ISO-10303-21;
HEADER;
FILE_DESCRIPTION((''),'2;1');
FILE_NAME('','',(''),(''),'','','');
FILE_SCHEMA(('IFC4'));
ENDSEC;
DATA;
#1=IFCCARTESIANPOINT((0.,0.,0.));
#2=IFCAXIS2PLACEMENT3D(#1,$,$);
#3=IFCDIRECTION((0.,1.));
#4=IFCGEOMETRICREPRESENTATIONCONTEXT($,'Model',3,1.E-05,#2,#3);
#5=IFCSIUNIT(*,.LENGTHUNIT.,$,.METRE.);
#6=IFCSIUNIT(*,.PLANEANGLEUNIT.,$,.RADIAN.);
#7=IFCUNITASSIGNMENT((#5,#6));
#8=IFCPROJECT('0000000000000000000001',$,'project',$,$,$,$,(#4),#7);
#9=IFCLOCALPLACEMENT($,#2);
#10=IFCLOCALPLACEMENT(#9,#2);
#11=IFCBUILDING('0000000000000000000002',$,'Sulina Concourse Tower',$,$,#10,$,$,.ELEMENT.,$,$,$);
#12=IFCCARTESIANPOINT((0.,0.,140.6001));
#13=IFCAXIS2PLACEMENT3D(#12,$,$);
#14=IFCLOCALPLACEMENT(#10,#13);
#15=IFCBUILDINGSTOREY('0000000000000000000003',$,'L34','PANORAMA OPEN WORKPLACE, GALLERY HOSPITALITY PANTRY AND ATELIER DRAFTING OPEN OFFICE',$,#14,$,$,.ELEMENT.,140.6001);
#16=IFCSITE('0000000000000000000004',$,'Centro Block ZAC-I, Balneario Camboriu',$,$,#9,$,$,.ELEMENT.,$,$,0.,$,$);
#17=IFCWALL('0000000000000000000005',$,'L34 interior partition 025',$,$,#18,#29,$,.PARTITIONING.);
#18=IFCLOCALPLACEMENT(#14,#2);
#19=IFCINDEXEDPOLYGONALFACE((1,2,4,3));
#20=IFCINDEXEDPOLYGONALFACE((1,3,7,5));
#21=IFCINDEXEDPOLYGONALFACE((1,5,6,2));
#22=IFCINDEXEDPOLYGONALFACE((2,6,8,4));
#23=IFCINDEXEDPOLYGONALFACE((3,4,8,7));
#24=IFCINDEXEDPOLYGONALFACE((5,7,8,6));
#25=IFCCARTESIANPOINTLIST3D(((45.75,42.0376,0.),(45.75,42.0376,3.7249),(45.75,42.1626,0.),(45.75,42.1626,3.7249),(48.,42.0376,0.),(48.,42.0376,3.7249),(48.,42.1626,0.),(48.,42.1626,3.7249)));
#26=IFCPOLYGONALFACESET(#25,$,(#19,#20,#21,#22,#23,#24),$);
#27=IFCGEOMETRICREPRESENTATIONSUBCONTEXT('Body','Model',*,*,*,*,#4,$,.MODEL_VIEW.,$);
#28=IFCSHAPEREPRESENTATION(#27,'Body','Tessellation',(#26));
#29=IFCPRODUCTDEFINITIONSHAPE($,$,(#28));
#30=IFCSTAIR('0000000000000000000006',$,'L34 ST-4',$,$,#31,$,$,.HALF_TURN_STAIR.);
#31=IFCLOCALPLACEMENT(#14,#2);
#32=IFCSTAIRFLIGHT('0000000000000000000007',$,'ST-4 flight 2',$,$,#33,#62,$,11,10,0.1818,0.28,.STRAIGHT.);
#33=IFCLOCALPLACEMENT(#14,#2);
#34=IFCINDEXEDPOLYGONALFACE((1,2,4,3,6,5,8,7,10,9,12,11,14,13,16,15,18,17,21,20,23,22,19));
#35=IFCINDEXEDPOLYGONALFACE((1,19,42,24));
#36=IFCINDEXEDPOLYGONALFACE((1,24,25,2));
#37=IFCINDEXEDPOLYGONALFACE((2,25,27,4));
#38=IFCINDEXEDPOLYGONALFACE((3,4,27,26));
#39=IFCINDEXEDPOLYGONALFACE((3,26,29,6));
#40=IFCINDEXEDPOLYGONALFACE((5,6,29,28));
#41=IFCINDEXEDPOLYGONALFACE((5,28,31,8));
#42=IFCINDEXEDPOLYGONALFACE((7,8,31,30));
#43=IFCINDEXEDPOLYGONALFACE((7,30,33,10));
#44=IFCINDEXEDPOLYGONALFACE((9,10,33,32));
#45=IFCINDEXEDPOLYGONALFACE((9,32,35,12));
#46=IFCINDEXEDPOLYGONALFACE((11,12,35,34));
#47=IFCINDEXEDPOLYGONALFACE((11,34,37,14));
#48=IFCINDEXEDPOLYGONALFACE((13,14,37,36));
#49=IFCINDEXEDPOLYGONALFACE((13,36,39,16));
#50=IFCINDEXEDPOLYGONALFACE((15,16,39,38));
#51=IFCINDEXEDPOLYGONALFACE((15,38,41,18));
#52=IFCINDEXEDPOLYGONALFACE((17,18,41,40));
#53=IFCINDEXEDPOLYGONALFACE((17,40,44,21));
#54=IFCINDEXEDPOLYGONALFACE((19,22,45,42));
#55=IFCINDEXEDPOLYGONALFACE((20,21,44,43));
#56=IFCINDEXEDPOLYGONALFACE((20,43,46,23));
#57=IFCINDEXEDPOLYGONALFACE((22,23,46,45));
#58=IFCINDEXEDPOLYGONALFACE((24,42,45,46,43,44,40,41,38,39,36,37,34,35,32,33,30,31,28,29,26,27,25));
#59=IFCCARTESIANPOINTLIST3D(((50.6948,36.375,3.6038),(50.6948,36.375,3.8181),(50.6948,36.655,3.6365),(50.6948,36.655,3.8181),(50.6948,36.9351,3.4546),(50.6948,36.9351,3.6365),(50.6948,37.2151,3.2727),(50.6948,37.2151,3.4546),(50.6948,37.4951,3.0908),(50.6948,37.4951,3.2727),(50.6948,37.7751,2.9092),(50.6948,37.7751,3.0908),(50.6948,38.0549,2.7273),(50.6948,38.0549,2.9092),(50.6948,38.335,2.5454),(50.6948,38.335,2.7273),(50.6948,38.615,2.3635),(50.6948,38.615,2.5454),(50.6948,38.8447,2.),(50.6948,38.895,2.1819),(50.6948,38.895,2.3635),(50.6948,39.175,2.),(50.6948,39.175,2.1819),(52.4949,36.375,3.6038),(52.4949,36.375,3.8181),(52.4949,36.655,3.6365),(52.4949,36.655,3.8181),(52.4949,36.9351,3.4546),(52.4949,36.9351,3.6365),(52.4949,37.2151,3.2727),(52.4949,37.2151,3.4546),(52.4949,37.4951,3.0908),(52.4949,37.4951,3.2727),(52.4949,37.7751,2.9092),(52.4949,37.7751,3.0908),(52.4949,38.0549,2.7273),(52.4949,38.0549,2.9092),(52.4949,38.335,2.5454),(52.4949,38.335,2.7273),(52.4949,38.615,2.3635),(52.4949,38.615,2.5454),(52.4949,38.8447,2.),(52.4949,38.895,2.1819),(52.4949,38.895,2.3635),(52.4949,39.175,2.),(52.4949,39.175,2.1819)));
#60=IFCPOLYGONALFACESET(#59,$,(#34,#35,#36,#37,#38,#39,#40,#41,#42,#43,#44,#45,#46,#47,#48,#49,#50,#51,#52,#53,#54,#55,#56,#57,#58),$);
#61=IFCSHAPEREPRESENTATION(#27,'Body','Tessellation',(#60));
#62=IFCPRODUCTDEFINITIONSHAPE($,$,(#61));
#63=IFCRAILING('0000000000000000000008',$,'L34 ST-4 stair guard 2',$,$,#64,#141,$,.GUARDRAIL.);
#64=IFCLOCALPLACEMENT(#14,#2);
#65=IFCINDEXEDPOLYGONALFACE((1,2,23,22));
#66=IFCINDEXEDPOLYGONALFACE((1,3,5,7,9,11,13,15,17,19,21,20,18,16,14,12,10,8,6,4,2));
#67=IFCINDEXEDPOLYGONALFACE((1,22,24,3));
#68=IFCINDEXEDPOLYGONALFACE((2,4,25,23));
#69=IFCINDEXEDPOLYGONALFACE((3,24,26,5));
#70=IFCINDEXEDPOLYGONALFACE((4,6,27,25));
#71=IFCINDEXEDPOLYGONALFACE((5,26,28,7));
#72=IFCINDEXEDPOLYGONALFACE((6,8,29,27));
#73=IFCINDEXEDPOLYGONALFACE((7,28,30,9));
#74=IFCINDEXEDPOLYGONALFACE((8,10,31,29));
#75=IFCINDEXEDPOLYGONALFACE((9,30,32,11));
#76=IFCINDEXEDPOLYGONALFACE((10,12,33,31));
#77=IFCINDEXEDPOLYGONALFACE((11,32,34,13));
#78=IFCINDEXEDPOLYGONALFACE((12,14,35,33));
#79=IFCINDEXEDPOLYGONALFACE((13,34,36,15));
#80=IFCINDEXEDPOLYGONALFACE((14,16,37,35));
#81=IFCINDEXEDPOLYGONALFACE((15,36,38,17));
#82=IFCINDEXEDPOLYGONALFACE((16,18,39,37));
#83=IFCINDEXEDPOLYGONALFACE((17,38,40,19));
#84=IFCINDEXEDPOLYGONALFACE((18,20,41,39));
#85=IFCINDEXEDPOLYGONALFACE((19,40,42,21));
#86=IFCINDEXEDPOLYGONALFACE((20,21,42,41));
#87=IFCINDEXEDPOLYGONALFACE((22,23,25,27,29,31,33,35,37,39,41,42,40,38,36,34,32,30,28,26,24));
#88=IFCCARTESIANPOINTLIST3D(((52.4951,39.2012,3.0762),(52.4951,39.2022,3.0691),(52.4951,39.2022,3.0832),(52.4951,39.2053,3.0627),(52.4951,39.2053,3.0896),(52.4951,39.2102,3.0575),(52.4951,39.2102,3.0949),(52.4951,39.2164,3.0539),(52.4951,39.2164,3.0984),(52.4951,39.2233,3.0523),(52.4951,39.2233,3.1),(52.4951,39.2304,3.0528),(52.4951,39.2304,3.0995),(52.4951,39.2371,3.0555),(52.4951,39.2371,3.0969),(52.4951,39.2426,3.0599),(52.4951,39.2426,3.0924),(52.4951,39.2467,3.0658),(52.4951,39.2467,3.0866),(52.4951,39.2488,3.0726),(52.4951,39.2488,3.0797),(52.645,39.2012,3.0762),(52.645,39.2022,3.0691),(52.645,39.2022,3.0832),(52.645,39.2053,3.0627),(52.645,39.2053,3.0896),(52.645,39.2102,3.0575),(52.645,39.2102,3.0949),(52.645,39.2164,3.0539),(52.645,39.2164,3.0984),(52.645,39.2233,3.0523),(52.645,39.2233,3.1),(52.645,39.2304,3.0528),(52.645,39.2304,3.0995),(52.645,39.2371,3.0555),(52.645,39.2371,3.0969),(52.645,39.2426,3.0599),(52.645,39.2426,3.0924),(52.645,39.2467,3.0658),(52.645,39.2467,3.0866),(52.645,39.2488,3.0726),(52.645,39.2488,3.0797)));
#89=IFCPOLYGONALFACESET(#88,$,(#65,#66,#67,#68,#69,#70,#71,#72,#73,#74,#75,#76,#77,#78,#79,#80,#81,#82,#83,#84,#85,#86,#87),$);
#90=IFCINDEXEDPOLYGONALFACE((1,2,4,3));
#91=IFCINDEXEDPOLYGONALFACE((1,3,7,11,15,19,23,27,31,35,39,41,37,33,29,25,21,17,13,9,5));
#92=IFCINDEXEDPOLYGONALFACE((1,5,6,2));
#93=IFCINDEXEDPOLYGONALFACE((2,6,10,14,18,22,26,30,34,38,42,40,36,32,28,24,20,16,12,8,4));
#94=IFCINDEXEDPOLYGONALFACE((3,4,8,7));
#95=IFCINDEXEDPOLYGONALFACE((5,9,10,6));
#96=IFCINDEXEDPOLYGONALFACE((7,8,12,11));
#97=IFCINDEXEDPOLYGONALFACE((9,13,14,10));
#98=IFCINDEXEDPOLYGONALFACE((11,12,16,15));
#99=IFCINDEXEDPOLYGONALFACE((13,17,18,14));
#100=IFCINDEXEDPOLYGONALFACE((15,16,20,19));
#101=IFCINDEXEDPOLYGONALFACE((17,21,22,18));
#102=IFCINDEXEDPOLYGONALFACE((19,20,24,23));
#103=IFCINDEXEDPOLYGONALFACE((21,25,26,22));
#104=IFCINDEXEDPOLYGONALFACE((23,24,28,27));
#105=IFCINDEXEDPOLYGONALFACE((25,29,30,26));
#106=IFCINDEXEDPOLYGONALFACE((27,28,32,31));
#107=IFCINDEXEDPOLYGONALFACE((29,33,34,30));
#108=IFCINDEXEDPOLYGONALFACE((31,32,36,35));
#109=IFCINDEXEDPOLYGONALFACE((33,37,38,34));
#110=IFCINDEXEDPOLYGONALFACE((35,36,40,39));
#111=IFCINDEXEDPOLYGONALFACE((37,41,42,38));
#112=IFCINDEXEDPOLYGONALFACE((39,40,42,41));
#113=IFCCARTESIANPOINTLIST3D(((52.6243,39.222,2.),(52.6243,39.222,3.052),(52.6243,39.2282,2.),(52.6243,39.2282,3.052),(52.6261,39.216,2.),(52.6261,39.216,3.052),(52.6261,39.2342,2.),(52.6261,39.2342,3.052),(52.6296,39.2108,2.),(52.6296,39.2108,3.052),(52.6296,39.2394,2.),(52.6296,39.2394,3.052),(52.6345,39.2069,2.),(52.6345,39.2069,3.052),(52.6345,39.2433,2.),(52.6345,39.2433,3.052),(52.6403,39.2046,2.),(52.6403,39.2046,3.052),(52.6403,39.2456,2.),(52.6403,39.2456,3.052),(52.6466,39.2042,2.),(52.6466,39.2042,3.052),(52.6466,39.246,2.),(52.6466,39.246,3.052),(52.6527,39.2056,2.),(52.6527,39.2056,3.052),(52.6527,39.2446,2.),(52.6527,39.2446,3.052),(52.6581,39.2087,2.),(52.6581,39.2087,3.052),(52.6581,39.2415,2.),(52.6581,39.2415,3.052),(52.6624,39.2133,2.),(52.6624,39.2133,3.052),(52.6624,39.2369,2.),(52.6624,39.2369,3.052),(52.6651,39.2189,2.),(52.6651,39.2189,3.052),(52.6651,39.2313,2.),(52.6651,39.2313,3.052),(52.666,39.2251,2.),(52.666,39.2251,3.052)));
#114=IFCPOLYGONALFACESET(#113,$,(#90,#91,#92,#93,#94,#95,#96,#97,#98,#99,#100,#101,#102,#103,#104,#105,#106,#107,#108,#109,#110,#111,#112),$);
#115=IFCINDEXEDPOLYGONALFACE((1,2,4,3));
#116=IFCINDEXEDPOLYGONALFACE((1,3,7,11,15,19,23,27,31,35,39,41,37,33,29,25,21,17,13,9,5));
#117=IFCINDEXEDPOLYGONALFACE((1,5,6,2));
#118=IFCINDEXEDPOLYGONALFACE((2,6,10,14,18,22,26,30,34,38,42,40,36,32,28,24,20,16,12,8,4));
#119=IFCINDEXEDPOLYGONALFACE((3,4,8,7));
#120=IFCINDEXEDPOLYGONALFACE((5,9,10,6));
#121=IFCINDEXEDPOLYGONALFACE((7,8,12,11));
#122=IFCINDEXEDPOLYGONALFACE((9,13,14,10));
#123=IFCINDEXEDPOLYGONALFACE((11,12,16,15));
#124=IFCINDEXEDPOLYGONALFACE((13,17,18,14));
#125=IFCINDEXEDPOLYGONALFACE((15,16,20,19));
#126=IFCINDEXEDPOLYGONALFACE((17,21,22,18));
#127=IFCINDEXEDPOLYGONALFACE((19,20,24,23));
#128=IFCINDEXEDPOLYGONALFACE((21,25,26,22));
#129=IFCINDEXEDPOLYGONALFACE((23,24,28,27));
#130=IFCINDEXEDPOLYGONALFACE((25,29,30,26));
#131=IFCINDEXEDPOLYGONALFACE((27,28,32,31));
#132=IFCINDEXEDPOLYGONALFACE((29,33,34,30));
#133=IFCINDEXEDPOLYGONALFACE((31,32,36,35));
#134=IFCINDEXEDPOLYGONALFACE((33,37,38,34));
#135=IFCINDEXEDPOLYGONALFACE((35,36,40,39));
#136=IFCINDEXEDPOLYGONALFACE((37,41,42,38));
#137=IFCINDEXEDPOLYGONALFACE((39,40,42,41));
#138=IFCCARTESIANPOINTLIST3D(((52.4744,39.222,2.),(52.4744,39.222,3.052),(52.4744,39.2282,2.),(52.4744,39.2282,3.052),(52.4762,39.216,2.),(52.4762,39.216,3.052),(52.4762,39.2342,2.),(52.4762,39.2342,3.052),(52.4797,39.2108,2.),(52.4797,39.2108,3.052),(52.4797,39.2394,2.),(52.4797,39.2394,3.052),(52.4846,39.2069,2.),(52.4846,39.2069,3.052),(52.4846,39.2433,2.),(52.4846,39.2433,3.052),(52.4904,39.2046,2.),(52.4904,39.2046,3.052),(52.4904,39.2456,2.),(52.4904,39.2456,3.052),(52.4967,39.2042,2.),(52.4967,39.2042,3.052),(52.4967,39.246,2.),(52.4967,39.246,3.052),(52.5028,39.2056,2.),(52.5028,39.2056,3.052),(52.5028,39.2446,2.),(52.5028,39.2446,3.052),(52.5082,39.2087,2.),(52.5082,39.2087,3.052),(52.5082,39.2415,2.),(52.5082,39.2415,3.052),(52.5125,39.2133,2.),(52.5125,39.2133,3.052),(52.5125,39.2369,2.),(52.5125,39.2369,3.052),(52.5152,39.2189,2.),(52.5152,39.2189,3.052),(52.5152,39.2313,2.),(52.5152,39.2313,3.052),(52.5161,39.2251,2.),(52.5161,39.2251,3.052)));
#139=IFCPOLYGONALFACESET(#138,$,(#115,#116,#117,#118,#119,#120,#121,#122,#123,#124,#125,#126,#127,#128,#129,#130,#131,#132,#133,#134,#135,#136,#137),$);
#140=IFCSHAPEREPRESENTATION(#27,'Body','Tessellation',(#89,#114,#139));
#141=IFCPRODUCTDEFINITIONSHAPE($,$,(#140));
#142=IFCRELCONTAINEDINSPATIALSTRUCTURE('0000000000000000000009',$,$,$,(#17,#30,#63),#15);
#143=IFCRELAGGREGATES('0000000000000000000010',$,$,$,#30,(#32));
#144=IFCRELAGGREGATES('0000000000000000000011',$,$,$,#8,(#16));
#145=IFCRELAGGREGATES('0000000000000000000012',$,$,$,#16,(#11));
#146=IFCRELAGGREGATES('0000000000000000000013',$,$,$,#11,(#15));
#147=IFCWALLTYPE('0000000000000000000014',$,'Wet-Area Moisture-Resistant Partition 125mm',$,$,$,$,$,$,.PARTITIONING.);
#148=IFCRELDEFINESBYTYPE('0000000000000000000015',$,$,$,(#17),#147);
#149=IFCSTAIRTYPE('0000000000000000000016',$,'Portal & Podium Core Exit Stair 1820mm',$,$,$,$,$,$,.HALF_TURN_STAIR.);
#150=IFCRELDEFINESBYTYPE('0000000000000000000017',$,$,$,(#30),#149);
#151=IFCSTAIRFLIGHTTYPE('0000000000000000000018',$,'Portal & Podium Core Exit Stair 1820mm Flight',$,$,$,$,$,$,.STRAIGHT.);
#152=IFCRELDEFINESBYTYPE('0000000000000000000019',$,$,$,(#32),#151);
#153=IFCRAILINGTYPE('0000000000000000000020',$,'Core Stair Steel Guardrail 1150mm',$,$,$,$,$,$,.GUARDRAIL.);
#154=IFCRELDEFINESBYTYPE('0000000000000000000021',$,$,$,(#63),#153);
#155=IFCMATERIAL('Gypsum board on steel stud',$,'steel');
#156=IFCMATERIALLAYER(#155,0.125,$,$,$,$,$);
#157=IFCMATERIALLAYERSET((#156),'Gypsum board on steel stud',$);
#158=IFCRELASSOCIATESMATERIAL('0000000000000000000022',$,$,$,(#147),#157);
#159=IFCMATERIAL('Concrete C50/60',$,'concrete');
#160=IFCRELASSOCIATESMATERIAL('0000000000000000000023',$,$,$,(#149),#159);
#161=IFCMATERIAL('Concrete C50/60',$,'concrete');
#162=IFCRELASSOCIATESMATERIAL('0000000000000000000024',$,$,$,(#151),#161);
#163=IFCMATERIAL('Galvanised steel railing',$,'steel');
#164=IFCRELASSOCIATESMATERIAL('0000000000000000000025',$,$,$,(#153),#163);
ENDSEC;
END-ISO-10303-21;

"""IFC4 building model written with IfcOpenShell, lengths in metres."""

from ifc_helpers import new_model, si_unit, direction, frame, frame_2d, origin, origin_2d, place, context, subcontext, project, spatial, polyline, rectangle, circle, outline, extrude, material, layer, layer_set, type_object, element, aggregate, save


model = new_model("IFC4")

# Units and contexts
model_context = context("Model", 3, precision=1e-05, world=origin(), true_north=direction((0.0, 1.0)))
body_context = subcontext(model_context, "Body", "Model", "MODEL_VIEW")
ifc_project = project(units=[si_unit("LENGTHUNIT", "METRE"), si_unit("PLANEANGLEUNIT", "RADIAN")], contexts=[model_context])

# Site, building, storey
site_placement = place(None, origin())
site = spatial("IfcSite", under=ifc_project, at=site_placement, Name="Centro Block ZAC-I, Balneario Camboriu", CompositionType="ELEMENT", RefElevation=0.0)
building_placement = place(site_placement, origin())
building = spatial("IfcBuilding", under=site, at=building_placement, Name="Sulina Concourse Tower", CompositionType="ELEMENT")
storey_placement = place(building_placement, frame((0.0, 0.0, 140.6001)))
storey = spatial("IfcBuildingStorey", under=building, at=storey_placement, Name="L34", Description="PANORAMA OPEN WORKPLACE, GALLERY HOSPITALITY PANTRY AND ATELIER DRAFTING OPEN OFFICE", CompositionType="ELEMENT", Elevation=140.6001)

# Wall
ifc_material_1 = material(Name="Gypsum board on steel stud", Category="steel")
ifc_layer_1 = layer(ifc_material_1, 0.125)
ifc_layer_set_1 = layer_set([ifc_layer_1], Name="Gypsum board on steel stud")
wall_type_1 = type_object("IfcWallType", Name="Wet-Area Moisture-Resistant Partition 125mm", PredefinedType="PARTITIONING", material=ifc_layer_set_1)
wall_1_placement = place(storey_placement, frame((45.75, 42.1001, 0.0), z_axis=(0.0, 0.0, 1.0), x_axis=(1.0, 0.0, 0.0)))
element("IfcWall", 1, at=wall_1_placement, inside=storey, type_object=wall_type_1, Name="L34 interior partition 025", PredefinedType="PARTITIONING", context=body_context, shape_type="SweptSolid", body=[
    extrude(rectangle(XDim=2.25, YDim=0.125, at=frame_2d((1.125, 0.0))), origin(), (0.0, 0.0, 1.0), 3.7249),
])

# Stair, stair flight
ifc_material_2 = material(Name="Concrete C50/60", Category="concrete")
stair_type = type_object("IfcStairType", Name="Portal & Podium Core Exit Stair 1820mm", PredefinedType="HALF_TURN_STAIR", material=ifc_material_2)
stair_placement = place(storey_placement, origin())
stair = element("IfcStair", 2, at=stair_placement, inside=storey, type_object=stair_type, Name="L34 ST-4", PredefinedType="HALF_TURN_STAIR")
ifc_material_3 = material(Name="Concrete C50/60", Category="concrete")
stair_flight_type = type_object("IfcStairFlightType", Name="Portal & Podium Core Exit Stair 1820mm Flight", PredefinedType="STRAIGHT", material=ifc_material_3)
stair_flight_placement = place(storey_placement, frame((51.595, 39.175, 2.0), z_axis=(0.0, 0.0, 1.0), x_axis=(0.0, -1.0, 0.0)))
stair_flight = element("IfcStairFlight", 3, at=stair_flight_placement, type_object=stair_flight_type, Name="ST-4 flight 2", NumberOfRisers=11, NumberOfTreads=10, PredefinedType="STRAIGHT", RiserHeight=0.1818, TreadLength=0.28, context=body_context, shape_type="SweptSolid", body=[
    extrude(outline(polyline([(0.0, 0.0), (0.0, 0.1819), (0.28, 0.1819), (0.28, 0.3635), (0.5601, 0.3635), (0.5601, 0.5454), (0.8401, 0.5454), (0.8401, 0.7273), (1.1201, 0.7273), (1.1201, 0.9092), (1.3999, 0.9092), (1.3999, 1.0908), (1.6799, 1.0908), (1.6799, 1.2727), (1.96, 1.2727), (1.96, 1.4546), (2.24, 1.4546), (2.24, 1.6365), (2.52, 1.6365), (2.52, 1.8181), (2.8, 1.8181), (2.8, 2.0), (2.8, 1.6038), (0.3303, 0.0), (0.0, 0.0)])), frame((0.0, 0.8999, 0.0), z_axis=(0.0, -1.0, 0.0), x_axis=(1.0, 0.0, 0.0)), (0.0, 0.0, 1.0), 1.8),
])
aggregate(stair, [stair_flight])

# Railing
ifc_material_4 = material(Name="Galvanised steel railing", Category="steel")
railing_type_1 = type_object("IfcRailingType", Name="Core Stair Steel Guardrail 1150mm", PredefinedType="GUARDRAIL", material=ifc_material_4)
railing_1_placement = place(storey_placement, frame((52.645, 39.2251, 2.0)))
element("IfcRailing", 4, at=railing_1_placement, inside=storey, type_object=railing_type_1, Name="L34 ST-4 stair guard 2", PredefinedType="GUARDRAIL", context=body_context, shape_type="SweptSolid", body=[
    extrude(circle(Radius=0.0239, at=origin_2d()), frame((0.0, 0.0, 1.0762), z_axis=(-1.0, 0.0, 0.0), x_axis=(0.0, -1.0, 0.0)), (0.0, 0.0, 1.0), 0.1499),
    extrude(circle(Radius=0.021, at=origin_2d()), origin(), (0.0, 0.0, 1.0), 1.052),
    extrude(circle(Radius=0.021, at=origin_2d()), frame((-0.1499, 0.0, 0.0)), (0.0, 0.0, 1.0), 1.052),
])

save(model, "model.ifc")
